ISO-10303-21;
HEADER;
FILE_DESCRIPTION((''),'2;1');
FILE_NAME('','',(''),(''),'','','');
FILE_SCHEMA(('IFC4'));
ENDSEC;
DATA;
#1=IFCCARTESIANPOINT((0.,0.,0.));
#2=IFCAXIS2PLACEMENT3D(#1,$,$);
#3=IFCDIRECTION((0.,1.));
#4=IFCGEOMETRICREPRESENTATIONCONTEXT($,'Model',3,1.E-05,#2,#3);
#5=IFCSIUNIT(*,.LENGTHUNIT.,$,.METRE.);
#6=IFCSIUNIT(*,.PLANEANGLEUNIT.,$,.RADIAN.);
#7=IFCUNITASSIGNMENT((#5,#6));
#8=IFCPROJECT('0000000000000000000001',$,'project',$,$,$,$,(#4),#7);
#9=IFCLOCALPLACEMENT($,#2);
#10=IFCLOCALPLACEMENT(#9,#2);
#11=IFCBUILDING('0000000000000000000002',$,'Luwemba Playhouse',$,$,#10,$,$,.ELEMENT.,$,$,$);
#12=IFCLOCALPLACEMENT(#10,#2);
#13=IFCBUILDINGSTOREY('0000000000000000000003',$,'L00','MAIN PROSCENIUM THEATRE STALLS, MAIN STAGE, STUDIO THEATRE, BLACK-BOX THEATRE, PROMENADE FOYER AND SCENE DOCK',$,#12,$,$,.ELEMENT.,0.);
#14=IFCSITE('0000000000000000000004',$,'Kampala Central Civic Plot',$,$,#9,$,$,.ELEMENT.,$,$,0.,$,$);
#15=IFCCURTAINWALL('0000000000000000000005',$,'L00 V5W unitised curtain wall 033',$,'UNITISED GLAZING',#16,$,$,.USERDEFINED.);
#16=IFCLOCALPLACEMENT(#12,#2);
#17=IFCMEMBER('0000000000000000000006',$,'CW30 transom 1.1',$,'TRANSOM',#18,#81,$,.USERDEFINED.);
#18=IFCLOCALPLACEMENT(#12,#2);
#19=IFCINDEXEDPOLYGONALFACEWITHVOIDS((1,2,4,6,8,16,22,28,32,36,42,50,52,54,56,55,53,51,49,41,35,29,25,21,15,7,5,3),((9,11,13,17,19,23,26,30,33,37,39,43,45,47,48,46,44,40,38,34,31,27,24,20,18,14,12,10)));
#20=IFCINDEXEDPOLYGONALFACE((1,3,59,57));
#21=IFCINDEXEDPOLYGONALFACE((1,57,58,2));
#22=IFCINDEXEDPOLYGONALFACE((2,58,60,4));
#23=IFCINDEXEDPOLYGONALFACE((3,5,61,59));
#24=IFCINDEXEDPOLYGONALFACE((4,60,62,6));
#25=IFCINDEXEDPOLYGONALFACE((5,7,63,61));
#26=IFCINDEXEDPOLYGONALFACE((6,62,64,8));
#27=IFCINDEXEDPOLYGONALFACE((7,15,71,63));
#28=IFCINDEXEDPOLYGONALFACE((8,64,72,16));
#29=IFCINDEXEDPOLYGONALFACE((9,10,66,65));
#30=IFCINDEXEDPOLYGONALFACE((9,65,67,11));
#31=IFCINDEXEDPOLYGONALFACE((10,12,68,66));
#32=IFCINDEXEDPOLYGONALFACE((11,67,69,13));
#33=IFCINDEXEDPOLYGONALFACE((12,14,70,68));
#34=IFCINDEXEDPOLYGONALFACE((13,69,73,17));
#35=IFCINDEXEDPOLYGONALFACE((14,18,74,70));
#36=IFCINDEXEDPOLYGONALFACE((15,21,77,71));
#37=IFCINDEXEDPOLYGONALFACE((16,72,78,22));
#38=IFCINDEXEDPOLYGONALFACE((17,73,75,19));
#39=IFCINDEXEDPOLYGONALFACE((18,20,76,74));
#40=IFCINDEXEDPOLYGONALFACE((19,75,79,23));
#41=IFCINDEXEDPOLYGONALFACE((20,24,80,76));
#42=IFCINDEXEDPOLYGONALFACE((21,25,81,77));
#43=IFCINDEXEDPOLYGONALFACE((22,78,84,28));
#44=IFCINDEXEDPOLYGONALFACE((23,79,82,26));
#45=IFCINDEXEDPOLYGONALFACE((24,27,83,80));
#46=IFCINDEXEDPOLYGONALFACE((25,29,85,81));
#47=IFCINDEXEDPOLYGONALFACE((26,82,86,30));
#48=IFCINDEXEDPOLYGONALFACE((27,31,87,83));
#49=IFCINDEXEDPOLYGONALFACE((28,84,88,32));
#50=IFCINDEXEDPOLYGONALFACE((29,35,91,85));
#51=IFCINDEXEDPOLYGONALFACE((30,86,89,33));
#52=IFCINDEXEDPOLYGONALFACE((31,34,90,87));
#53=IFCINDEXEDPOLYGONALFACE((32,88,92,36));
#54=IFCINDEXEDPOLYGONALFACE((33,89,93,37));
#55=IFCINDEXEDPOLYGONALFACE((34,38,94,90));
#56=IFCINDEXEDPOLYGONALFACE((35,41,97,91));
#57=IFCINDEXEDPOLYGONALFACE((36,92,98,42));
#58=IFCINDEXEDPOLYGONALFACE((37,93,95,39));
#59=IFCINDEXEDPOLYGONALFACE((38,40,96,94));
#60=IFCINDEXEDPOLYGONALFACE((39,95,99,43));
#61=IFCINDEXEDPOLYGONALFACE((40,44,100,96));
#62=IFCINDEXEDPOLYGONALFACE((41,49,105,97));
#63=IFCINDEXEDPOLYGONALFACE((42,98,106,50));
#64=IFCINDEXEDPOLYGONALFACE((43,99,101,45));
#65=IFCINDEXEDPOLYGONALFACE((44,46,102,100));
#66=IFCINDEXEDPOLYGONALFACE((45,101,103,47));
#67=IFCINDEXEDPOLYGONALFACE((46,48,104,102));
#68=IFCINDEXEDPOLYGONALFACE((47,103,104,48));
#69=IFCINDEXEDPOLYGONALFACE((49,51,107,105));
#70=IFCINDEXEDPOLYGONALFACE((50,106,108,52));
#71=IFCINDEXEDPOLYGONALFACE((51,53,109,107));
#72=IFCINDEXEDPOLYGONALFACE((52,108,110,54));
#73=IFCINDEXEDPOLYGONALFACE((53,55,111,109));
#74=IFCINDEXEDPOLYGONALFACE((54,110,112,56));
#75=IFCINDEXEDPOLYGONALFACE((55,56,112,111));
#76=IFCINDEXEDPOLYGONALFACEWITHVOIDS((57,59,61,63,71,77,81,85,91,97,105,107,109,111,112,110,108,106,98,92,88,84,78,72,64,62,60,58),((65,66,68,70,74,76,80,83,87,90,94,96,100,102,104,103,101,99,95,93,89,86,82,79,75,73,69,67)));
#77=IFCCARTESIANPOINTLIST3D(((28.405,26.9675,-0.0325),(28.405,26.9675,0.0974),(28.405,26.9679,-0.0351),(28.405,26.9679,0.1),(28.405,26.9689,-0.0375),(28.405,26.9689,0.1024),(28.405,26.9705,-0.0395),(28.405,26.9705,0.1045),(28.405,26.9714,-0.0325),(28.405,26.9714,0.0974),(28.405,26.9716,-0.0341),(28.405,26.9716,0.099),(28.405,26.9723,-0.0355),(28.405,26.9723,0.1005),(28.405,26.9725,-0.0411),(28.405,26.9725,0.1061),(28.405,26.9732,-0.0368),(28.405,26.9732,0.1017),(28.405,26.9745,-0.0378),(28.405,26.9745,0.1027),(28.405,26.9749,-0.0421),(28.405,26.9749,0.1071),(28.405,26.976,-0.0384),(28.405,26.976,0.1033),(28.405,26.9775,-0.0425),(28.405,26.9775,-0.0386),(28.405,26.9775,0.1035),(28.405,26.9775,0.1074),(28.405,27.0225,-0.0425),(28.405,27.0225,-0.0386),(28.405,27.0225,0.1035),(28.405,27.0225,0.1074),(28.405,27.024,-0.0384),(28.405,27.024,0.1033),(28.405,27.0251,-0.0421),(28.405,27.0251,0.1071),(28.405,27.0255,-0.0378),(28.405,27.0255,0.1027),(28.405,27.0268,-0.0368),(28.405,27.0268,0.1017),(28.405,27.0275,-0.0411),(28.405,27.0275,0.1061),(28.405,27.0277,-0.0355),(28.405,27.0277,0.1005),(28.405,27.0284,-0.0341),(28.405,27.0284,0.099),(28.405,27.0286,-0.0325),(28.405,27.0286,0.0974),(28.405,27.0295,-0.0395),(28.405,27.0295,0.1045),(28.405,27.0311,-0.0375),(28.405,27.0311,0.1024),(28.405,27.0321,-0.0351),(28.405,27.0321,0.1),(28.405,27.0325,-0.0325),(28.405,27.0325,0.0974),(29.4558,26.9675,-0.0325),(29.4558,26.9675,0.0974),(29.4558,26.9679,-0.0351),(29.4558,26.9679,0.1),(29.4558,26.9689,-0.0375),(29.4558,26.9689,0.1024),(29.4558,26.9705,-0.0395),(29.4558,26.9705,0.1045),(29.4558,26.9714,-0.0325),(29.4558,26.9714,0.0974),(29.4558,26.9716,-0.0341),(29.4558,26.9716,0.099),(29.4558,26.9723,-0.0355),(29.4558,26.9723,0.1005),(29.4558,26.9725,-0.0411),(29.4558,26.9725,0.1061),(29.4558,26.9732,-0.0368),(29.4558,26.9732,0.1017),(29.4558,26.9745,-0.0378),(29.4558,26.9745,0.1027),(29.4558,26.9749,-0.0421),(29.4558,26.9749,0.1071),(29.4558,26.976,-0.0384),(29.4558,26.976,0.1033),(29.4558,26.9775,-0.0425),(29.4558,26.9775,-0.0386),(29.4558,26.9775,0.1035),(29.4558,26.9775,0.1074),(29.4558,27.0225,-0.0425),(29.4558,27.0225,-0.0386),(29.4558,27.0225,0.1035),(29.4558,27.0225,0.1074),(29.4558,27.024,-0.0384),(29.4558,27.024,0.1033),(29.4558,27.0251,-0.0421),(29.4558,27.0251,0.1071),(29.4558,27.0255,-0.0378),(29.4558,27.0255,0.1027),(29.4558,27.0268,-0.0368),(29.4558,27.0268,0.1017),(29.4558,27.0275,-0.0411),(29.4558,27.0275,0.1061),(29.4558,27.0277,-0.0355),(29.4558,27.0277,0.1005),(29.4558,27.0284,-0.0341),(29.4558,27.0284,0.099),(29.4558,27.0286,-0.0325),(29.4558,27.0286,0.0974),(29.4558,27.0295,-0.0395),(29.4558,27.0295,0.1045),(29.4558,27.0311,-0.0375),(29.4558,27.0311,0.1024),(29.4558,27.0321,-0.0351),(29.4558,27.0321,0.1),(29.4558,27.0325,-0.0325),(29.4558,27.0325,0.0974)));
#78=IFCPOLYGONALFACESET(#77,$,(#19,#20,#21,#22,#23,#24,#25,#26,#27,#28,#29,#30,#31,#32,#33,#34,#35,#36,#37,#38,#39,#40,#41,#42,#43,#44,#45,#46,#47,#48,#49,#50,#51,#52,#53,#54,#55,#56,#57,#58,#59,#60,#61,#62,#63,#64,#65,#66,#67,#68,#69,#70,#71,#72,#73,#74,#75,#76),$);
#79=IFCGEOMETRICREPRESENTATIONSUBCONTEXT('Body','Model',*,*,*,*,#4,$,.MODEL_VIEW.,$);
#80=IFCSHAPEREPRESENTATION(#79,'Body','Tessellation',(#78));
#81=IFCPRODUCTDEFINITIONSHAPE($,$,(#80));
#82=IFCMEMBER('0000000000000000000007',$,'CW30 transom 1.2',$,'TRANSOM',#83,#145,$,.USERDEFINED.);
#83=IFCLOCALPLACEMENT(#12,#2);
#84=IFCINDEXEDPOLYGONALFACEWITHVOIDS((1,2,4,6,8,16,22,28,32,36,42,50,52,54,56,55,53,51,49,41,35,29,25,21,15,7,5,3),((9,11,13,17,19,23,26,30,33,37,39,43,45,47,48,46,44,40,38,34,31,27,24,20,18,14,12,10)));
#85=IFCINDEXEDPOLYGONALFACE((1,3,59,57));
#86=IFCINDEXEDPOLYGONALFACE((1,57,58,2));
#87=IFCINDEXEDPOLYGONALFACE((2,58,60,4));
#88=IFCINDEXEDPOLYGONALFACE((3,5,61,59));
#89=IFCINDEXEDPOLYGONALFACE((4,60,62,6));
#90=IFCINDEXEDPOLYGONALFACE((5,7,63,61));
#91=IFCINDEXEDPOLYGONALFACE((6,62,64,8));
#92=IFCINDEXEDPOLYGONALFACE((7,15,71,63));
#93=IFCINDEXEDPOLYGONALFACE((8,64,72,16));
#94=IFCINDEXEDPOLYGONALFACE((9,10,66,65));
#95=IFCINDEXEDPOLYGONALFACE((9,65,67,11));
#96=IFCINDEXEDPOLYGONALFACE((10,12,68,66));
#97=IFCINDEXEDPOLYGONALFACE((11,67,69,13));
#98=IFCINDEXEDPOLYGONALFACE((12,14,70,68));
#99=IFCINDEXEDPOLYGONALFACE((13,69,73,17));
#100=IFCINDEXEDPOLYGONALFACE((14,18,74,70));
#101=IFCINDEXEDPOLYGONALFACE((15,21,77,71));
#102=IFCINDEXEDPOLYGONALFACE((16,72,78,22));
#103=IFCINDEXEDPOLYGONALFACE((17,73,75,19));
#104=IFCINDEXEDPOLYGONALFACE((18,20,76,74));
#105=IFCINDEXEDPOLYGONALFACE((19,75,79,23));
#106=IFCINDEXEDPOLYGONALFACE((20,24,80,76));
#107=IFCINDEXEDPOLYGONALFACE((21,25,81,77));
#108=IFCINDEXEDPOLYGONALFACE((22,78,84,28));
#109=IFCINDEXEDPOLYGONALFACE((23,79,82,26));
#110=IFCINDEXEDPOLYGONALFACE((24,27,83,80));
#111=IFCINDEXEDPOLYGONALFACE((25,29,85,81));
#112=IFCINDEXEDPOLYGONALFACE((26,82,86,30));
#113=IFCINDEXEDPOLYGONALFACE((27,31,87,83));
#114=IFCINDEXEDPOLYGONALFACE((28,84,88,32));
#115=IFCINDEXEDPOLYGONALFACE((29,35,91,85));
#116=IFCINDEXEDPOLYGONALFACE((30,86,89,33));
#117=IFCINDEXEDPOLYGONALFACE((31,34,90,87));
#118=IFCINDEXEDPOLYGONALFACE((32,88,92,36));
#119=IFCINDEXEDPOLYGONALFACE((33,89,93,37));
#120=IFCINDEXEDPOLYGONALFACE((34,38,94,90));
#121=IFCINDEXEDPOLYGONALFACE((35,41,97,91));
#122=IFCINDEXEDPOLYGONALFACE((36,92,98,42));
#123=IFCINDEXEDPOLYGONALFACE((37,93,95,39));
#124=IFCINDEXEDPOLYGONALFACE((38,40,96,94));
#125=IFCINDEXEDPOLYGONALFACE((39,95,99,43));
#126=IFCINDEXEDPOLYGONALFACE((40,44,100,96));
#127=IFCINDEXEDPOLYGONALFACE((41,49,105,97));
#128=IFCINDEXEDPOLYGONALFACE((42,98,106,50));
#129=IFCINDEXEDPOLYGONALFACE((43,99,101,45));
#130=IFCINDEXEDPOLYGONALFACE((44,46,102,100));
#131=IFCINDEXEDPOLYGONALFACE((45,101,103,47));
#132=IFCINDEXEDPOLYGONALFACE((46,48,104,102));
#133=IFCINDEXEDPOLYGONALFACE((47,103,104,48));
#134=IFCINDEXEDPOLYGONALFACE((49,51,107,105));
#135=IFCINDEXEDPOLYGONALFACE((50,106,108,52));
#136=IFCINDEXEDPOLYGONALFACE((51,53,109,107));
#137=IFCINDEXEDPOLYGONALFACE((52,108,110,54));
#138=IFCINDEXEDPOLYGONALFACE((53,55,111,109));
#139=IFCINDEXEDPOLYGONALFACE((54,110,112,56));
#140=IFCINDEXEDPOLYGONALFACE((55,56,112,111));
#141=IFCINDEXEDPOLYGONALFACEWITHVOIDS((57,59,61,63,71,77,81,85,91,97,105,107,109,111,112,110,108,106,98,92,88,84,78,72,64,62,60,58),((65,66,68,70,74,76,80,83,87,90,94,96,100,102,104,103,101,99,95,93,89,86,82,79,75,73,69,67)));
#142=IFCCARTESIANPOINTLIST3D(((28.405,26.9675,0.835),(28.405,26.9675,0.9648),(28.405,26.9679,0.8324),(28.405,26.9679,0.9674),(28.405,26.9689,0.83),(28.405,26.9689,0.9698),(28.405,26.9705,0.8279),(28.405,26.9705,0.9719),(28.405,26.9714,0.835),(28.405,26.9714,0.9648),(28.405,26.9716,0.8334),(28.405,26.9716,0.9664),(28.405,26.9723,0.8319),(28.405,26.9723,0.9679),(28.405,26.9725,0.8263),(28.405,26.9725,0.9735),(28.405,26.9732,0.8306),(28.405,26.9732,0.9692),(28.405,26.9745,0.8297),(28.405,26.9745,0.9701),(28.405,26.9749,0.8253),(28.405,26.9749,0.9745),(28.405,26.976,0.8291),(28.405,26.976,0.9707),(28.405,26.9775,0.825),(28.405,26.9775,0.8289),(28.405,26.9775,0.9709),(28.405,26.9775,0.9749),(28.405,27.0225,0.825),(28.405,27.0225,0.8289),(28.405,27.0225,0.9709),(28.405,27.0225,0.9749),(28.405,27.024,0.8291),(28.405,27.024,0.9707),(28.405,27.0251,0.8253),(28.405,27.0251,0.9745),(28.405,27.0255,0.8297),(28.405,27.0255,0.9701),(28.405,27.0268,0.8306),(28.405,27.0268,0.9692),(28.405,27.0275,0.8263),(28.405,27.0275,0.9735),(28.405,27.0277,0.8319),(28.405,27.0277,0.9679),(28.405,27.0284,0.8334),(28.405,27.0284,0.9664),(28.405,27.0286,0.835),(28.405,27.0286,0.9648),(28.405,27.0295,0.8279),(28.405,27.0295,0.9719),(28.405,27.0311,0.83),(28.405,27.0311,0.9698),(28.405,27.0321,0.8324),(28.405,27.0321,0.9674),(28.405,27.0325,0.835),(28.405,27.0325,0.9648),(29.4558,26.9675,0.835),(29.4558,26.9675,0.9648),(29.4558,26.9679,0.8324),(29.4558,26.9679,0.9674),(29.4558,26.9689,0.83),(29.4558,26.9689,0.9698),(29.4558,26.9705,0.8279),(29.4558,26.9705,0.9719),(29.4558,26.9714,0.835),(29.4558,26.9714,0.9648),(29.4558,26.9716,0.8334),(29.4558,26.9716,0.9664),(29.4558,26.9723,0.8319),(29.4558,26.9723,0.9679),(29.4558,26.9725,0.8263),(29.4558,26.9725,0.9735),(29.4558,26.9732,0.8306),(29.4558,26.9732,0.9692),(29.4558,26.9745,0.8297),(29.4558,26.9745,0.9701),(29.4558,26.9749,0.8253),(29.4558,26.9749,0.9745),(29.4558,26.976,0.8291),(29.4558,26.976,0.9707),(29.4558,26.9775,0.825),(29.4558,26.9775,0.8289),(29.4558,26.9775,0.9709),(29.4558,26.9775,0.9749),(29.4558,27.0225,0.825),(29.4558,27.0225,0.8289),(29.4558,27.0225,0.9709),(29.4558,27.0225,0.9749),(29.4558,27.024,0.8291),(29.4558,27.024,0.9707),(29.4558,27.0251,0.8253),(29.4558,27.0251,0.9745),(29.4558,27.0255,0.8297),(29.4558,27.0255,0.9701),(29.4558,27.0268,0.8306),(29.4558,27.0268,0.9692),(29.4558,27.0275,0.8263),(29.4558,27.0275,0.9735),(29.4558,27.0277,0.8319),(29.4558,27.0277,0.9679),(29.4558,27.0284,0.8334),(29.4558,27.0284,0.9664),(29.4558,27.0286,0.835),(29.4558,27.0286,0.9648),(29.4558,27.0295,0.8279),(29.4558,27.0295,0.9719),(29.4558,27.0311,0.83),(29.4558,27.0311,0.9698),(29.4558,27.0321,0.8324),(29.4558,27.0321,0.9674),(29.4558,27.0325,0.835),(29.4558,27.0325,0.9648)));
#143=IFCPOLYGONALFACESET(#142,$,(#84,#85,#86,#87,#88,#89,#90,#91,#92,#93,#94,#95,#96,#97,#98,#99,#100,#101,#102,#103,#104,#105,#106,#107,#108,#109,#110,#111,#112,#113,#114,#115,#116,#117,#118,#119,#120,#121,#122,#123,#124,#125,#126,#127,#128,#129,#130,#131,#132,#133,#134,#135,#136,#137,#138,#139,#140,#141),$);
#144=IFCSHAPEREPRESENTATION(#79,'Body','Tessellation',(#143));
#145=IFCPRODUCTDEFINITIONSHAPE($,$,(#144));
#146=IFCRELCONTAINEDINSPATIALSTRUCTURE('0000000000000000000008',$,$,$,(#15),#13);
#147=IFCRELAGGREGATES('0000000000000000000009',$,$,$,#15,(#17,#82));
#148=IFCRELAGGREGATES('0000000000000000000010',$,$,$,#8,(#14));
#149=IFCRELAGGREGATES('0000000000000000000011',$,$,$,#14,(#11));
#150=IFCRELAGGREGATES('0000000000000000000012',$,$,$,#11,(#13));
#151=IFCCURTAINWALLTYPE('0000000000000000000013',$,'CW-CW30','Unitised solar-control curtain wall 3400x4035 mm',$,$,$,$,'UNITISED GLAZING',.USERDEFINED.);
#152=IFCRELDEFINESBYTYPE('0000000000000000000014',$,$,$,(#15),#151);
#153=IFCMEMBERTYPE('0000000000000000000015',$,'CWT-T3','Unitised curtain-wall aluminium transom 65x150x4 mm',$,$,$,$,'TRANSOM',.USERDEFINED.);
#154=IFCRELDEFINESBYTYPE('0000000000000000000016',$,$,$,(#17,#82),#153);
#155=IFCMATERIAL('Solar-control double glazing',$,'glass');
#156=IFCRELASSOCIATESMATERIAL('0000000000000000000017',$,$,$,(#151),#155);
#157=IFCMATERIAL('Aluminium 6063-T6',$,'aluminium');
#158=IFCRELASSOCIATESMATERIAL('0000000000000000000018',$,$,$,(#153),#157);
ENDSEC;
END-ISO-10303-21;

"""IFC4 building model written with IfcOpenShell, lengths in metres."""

from ifc_helpers import new_model, si_unit, direction, frame, origin, origin_2d, place, context, subcontext, project, spatial, hollow_rectangle, extrude, material, material_profile, profile_set, type_object, element, aggregate, save


model = new_model("IFC4")

# Units and contexts
model_context = context("Model", 3, precision=1e-05, world=origin(), true_north=direction((0.0, 1.0)))
body_context = subcontext(model_context, "Body", "Model", "MODEL_VIEW")
ifc_project = project(units=[si_unit("LENGTHUNIT", "METRE"), si_unit("PLANEANGLEUNIT", "RADIAN")], contexts=[model_context])

# Site, building, storey
site_placement = place(None, origin())
site = spatial("IfcSite", under=ifc_project, at=site_placement, Name="Kampala Central Civic Plot", CompositionType="ELEMENT", RefElevation=0.0)
building_placement = place(site_placement, origin())
building = spatial("IfcBuilding", under=site, at=building_placement, Name="Luwemba Playhouse", CompositionType="ELEMENT")
storey_placement = place(building_placement, origin())
storey = spatial("IfcBuildingStorey", under=building, at=storey_placement, Name="L00", Description="MAIN PROSCENIUM THEATRE STALLS, MAIN STAGE, STUDIO THEATRE, BLACK-BOX THEATRE, PROMENADE FOYER AND SCENE DOCK", CompositionType="ELEMENT", Elevation=0.0)

# Curtain wall, members
ifc_material_1 = material(Name="Solar-control double glazing", Category="glass")
curtain_wall_type = type_object("IfcCurtainWallType", Name="CW-CW30", Description="Unitised solar-control curtain wall 3400x4035 mm", ElementType="UNITISED GLAZING", PredefinedType="USERDEFINED", material=ifc_material_1)
curtain_wall_placement = place(storey_placement, origin())
curtain_wall = element("IfcCurtainWall", 1, at=curtain_wall_placement, inside=storey, type_object=curtain_wall_type, Name="L00 V5W unitised curtain wall 033", ObjectType="UNITISED GLAZING", PredefinedType="USERDEFINED")
ifc_material_2 = material(Name="Aluminium 6063-T6", Category="aluminium")
ifc_material_profile_1 = material_profile(ifc_material_2, hollow_rectangle(XDim=0.0649, YDim=0.1499, WallThickness=0.0039, InnerFilletRadius=0.0061, OuterFilletRadius=0.01, at=origin_2d()))
ifc_profile_set_1 = profile_set([ifc_material_profile_1], Name="Aluminium 6063-T6")
member_type_1 = type_object("IfcMemberType", Name="CWT-T3", Description="Unitised curtain-wall aluminium transom 65x150x4 mm", ElementType="TRANSOM", PredefinedType="USERDEFINED", material=ifc_profile_set_1)
member_1_placement = place(storey_placement, frame((28.405, 27.0, 0.0325), z_axis=(1.0, 0.0, 0.0), x_axis=(0.0, 1.0, 0.0)))
member_1 = element("IfcMember", 2, at=member_1_placement, type_object=member_type_1, Name="CW30 transom 1.1", ObjectType="TRANSOM", PredefinedType="USERDEFINED", context=body_context, shape_type="SweptSolid", body=[
    extrude(hollow_rectangle(XDim=0.0649, YDim=0.1499, WallThickness=0.0039, InnerFilletRadius=0.0061, OuterFilletRadius=0.01, at=origin_2d()), origin(), (0.0, 0.0, 1.0), 1.0508),
])
member_2_placement = place(storey_placement, frame((28.405, 27.0, 0.8999), z_axis=(1.0, 0.0, 0.0), x_axis=(0.0, 1.0, 0.0)))
member_2 = element("IfcMember", 3, at=member_2_placement, type_object=member_type_1, Name="CW30 transom 1.2", ObjectType="TRANSOM", PredefinedType="USERDEFINED", context=body_context, shape_type="SweptSolid", body=[
    extrude(hollow_rectangle(XDim=0.0649, YDim=0.1499, WallThickness=0.0039, InnerFilletRadius=0.0061, OuterFilletRadius=0.01, at=origin_2d()), origin(), (0.0, 0.0, 1.0), 1.0508),
])
aggregate(curtain_wall, [member_1, member_2])

save(model, "model.ifc")
